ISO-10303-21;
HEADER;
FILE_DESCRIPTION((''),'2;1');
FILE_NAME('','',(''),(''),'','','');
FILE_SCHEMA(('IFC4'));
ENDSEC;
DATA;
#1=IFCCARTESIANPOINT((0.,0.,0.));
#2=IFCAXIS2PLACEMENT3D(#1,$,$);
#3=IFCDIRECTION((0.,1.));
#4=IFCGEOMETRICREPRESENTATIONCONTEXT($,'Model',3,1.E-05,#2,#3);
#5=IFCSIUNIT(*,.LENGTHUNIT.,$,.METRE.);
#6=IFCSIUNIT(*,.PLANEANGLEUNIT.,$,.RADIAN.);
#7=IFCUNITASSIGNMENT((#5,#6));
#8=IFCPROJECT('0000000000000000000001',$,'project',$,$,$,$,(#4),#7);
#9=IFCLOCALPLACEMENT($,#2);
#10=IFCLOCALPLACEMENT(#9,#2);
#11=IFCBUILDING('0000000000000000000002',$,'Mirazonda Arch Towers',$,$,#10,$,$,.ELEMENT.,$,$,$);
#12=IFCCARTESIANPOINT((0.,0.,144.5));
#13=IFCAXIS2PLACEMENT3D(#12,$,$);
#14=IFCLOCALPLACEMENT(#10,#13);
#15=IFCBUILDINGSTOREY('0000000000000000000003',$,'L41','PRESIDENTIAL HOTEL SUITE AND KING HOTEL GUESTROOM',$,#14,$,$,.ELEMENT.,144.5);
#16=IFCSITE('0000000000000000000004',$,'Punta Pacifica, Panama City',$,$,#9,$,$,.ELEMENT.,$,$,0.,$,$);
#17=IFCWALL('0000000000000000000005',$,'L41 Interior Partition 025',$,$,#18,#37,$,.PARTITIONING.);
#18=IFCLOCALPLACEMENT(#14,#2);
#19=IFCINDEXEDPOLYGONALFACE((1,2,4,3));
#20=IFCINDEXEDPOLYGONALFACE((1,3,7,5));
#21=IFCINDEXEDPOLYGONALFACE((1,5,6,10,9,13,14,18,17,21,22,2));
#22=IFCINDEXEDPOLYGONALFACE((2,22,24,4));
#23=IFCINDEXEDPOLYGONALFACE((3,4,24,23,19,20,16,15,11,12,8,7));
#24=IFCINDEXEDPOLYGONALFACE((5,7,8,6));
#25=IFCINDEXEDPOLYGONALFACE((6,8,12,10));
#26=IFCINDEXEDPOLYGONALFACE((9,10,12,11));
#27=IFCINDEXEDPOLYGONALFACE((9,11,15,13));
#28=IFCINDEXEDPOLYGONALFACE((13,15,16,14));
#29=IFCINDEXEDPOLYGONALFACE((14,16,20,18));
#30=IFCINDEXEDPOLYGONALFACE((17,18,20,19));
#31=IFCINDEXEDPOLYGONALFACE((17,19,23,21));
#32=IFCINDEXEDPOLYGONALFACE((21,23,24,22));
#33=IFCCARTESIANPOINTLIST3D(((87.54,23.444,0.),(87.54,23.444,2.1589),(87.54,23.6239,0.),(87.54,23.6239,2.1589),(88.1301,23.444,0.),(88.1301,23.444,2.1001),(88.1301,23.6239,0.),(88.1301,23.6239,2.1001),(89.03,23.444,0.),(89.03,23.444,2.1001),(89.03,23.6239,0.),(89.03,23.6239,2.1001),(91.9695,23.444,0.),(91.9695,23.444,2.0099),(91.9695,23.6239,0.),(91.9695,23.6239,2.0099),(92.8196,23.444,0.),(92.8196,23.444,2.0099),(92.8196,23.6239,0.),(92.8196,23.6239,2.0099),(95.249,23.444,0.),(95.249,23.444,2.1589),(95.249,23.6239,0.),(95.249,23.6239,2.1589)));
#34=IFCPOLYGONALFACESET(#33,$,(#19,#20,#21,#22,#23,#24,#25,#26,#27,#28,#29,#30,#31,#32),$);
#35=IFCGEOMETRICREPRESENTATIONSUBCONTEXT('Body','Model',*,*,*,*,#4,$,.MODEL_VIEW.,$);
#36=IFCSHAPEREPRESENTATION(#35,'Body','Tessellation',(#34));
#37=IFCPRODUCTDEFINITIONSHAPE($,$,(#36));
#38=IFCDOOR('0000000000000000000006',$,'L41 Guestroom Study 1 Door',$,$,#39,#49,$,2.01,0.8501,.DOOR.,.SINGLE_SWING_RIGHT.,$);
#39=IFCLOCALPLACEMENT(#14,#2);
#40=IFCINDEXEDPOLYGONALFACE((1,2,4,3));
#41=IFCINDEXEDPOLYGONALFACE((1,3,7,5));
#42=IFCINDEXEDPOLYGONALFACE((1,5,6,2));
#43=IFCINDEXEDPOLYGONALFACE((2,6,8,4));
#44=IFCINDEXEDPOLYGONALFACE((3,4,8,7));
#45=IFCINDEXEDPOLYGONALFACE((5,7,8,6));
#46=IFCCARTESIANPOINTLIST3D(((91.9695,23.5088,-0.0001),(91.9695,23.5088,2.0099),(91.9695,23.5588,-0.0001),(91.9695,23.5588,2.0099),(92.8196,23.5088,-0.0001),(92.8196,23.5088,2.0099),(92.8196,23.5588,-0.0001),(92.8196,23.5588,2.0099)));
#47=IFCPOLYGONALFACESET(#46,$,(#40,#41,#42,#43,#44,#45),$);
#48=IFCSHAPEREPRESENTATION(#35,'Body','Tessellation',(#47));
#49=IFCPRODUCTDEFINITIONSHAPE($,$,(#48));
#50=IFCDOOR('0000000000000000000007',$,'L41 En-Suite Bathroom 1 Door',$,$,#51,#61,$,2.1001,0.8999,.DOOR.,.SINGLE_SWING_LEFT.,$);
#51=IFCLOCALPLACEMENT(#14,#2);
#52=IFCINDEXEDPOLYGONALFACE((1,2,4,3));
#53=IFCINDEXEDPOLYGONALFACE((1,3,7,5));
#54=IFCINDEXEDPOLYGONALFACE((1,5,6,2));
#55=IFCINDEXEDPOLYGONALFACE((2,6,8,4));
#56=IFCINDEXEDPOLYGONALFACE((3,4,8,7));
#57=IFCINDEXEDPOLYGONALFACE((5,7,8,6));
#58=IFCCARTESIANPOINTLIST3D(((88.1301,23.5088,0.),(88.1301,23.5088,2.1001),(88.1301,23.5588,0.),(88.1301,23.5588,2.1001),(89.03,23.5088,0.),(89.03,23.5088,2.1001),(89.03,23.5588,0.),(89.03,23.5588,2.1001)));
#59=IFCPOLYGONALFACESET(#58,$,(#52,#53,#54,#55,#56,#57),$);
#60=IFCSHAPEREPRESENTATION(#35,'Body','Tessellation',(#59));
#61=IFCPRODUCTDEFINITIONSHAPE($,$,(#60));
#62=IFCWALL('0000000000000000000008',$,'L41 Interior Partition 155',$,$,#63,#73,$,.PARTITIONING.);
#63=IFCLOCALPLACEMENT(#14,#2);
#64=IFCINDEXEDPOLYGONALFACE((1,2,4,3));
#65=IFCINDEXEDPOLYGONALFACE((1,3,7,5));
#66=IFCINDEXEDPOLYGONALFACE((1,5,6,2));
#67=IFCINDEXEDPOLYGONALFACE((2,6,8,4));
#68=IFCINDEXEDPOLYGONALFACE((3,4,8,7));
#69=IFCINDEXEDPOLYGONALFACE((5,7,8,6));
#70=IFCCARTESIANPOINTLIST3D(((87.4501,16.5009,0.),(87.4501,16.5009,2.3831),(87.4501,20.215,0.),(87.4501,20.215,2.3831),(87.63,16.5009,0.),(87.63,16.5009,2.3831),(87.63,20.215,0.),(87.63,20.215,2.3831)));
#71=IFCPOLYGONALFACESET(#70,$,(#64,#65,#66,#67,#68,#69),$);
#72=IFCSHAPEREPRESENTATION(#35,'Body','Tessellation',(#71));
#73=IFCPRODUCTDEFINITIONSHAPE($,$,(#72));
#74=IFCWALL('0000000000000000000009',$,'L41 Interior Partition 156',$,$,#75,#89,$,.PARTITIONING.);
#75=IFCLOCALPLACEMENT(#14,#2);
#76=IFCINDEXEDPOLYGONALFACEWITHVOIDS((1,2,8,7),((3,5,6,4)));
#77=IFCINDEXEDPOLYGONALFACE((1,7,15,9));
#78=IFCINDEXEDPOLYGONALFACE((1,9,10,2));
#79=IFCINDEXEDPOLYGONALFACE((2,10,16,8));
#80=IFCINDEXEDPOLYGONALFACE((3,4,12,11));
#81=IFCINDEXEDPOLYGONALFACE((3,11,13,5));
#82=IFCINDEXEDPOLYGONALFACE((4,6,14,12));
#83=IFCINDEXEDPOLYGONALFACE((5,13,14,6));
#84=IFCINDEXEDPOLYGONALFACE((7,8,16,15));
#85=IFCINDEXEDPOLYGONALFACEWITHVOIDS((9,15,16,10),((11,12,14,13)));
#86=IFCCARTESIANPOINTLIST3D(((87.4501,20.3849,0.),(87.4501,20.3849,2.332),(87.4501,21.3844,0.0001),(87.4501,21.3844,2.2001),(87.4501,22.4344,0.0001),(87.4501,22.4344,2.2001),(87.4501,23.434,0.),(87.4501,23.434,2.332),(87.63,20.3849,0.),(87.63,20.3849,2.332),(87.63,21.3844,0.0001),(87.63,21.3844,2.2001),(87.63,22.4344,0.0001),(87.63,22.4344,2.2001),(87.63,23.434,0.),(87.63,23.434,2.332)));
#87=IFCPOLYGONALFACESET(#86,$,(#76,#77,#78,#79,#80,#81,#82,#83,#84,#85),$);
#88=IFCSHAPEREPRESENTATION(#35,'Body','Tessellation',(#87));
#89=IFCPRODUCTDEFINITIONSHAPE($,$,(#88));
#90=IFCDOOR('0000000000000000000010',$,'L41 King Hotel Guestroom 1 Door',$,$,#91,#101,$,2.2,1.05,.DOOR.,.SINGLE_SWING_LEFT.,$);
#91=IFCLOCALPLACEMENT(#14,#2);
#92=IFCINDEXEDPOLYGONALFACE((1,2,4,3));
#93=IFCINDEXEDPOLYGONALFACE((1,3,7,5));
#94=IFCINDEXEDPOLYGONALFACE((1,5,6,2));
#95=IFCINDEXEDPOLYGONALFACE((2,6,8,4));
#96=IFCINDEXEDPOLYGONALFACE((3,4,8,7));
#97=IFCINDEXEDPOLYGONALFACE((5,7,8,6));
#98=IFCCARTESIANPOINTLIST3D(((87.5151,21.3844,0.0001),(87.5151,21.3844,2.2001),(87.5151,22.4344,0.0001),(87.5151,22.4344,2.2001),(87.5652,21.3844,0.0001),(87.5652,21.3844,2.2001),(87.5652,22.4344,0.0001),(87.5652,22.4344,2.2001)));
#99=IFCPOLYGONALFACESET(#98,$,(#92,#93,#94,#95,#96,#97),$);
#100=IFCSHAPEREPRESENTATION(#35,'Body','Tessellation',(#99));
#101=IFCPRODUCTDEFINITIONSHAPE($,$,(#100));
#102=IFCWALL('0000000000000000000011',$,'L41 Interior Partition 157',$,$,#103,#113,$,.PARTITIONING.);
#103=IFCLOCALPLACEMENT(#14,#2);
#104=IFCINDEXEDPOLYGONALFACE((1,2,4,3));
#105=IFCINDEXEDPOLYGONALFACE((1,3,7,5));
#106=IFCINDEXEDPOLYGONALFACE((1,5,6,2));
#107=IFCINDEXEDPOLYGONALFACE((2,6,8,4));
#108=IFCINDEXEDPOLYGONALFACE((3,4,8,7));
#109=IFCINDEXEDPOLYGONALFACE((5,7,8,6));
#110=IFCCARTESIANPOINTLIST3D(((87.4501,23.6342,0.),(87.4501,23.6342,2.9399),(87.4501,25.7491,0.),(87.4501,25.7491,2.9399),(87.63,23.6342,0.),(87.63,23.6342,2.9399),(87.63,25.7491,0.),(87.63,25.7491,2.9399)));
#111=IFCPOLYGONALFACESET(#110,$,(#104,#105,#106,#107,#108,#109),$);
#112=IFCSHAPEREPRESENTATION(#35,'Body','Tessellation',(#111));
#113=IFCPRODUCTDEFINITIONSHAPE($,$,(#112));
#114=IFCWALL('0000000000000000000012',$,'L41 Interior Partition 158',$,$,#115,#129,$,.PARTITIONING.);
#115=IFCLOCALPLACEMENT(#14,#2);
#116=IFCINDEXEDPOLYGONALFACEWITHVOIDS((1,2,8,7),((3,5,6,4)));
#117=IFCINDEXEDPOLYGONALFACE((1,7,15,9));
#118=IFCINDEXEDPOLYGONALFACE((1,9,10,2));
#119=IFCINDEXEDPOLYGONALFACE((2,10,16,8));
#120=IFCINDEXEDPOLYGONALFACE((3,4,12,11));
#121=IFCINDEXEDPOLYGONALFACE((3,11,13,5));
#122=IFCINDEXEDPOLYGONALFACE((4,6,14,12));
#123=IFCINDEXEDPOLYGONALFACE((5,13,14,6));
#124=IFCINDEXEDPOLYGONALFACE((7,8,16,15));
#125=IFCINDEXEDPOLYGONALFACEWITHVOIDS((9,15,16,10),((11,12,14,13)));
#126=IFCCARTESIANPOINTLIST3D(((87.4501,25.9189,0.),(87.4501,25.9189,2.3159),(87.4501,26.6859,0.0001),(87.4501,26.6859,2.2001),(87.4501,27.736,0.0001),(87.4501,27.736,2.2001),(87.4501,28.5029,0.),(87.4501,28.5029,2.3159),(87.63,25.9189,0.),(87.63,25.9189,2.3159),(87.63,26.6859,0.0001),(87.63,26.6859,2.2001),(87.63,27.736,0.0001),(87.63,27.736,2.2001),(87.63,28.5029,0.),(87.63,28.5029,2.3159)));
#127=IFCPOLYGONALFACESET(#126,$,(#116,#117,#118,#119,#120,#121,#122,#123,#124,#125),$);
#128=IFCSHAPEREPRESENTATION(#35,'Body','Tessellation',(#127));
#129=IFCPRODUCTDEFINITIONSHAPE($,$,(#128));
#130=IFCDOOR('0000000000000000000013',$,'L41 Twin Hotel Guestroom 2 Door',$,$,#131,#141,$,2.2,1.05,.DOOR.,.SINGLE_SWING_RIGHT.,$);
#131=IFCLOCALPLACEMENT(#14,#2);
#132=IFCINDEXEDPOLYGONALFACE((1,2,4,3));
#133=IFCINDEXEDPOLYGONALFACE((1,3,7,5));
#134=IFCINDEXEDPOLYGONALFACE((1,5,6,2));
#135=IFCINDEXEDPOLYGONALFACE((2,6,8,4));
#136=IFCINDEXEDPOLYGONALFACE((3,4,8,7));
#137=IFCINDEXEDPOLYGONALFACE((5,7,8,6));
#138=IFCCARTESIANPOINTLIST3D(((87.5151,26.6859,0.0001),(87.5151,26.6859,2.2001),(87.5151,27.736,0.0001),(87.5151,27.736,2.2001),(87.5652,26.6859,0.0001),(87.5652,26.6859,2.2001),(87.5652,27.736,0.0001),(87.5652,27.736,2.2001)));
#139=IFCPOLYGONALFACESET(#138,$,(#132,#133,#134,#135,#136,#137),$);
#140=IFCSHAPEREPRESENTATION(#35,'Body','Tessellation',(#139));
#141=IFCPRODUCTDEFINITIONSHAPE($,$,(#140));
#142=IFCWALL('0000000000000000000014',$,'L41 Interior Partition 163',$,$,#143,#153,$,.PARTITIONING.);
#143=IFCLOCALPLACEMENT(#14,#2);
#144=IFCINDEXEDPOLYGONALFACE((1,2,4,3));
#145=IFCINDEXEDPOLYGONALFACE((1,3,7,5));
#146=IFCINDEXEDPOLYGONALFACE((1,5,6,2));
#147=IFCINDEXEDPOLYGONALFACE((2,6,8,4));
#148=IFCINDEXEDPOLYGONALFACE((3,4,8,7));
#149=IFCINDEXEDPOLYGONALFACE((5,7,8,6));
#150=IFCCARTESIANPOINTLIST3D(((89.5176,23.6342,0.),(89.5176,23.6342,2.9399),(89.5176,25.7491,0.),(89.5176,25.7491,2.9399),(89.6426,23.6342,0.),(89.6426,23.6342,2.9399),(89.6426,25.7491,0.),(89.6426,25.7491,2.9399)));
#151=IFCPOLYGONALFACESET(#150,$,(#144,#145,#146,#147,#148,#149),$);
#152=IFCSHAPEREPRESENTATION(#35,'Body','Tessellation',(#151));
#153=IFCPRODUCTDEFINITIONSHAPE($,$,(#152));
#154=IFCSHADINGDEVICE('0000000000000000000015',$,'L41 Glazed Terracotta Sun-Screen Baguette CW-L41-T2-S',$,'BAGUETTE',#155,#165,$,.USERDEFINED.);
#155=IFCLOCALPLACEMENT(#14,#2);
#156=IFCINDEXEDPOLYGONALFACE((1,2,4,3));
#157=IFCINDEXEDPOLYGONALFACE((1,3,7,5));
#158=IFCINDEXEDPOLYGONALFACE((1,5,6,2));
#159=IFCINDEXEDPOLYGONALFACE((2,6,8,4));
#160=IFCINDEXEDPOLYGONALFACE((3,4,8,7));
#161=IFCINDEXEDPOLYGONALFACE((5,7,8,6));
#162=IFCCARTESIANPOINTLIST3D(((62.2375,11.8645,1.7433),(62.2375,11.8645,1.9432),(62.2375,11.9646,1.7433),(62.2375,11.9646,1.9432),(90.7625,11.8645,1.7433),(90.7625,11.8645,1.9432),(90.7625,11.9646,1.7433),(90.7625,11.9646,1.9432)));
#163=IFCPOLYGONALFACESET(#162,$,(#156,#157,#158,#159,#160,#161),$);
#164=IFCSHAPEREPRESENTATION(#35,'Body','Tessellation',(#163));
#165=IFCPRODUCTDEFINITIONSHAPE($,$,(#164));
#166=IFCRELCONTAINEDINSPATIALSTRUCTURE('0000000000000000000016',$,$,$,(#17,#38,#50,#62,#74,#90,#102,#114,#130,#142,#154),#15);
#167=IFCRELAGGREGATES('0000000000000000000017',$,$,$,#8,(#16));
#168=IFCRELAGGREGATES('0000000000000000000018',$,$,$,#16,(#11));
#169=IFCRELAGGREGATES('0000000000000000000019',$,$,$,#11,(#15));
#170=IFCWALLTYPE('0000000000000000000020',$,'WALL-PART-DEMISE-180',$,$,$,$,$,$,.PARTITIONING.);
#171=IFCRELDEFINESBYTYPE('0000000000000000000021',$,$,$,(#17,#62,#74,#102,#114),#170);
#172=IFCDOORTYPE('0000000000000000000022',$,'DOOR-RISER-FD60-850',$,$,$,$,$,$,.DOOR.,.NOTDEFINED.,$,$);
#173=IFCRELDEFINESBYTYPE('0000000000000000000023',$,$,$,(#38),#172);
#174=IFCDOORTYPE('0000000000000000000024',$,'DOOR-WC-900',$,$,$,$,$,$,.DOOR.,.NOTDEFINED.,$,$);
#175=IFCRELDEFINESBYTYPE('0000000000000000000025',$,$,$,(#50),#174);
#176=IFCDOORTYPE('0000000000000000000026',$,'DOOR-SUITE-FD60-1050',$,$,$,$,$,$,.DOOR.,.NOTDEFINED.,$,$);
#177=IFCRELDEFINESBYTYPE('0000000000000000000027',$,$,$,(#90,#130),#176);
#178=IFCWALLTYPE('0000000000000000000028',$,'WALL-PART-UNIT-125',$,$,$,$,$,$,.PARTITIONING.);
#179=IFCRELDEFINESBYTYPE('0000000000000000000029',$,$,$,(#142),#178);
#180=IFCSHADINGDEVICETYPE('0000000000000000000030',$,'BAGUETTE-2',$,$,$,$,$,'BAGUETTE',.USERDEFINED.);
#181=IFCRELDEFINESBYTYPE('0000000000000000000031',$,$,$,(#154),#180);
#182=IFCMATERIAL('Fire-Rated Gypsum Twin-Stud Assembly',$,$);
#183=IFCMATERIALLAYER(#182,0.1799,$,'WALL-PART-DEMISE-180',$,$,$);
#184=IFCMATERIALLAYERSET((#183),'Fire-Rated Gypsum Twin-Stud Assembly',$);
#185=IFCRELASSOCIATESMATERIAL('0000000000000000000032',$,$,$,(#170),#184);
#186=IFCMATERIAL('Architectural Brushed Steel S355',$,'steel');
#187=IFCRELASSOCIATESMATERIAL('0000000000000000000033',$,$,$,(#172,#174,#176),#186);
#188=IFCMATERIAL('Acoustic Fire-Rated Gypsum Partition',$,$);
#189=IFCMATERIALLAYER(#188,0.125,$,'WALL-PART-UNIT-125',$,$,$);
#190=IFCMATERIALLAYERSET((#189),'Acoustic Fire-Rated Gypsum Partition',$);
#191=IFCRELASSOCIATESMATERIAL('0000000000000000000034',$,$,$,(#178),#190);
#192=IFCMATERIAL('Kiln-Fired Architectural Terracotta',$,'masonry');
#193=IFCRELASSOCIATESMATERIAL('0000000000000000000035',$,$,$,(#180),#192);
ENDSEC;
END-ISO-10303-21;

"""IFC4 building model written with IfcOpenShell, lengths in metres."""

from ifc_helpers import new_model, si_unit, direction, frame, frame_2d, origin, origin_2d, place, context, subcontext, project, spatial, rectangle, extrude, material, layer, layer_set, material_profile, profile_set, type_object, element, fill, save


model = new_model("IFC4")

# Units and contexts
model_context = context("Model", 3, precision=1e-05, world=origin(), true_north=direction((0.0, 1.0)))
body_context = subcontext(model_context, "Body", "Model", "MODEL_VIEW")
ifc_project = project(units=[si_unit("LENGTHUNIT", "METRE"), si_unit("PLANEANGLEUNIT", "RADIAN")], contexts=[model_context])

# Site, building, storey
site_placement = place(None, origin())
site = spatial("IfcSite", under=ifc_project, at=site_placement, Name="Punta Pacifica, Panama City", CompositionType="ELEMENT", RefElevation=0.0)
building_placement = place(site_placement, origin())
building = spatial("IfcBuilding", under=site, at=building_placement, Name="Mirazonda Arch Towers", CompositionType="ELEMENT")
storey_placement = place(building_placement, frame((0.0, 0.0, 144.5)))
storey = spatial("IfcBuildingStorey", under=building, at=storey_placement, Name="L41", Description="PRESIDENTIAL HOTEL SUITE AND KING HOTEL GUESTROOM", CompositionType="ELEMENT", Elevation=144.5)

# Shared definitions
ifc_material_1 = material(Name="Fire-Rated Gypsum Twin-Stud Assembly")
ifc_layer_1 = layer(ifc_material_1, 0.1799, Name="WALL-PART-DEMISE-180")
ifc_layer_set_1 = layer_set([ifc_layer_1], Name="Fire-Rated Gypsum Twin-Stud Assembly")
wall_type_1 = type_object("IfcWallType", Name="WALL-PART-DEMISE-180", PredefinedType="PARTITIONING", material=ifc_layer_set_1)

# Wall, openings, doors
wall_1_placement = place(storey_placement, frame((87.54, 23.5339, 0.0), z_axis=(0.0, 0.0, 1.0), x_axis=(1.0, 0.0, 0.0)))
wall_1 = element("IfcWall", 1, at=wall_1_placement, inside=storey, type_object=wall_type_1, Name="L41 Interior Partition 025", PredefinedType="PARTITIONING", context=body_context, shape_type="SweptSolid", body=[
    extrude(rectangle(XDim=7.709, YDim=0.1799, at=frame_2d((3.8545, 0.0))), origin(), (0.0, 0.0, 1.0), 2.1589),
])
opening_1_placement = place(wall_1_placement, frame((4.4294, 0.0, 0.0)))
opening_1 = element("IfcOpeningElement", 2, at=opening_1_placement, cuts=wall_1, PredefinedType="OPENING", context=body_context, shape_type="SweptSolid", body=[
    extrude(rectangle(XDim=0.8501, YDim=2.01, at=frame_2d((0.425, 1.0049))), frame((0.0, 0.0999, 0.0), z_axis=(0.0, -1.0, 0.0), x_axis=(1.0, 0.0, 0.0)), (0.0, 0.0, 1.0), 0.2),
])
opening_2_placement = place(wall_1_placement, frame((0.5901, 0.0, 0.0)))
opening_2 = element("IfcOpeningElement", 3, at=opening_2_placement, cuts=wall_1, PredefinedType="OPENING", context=body_context, shape_type="SweptSolid", body=[
    extrude(rectangle(XDim=0.8999, YDim=2.1001, at=frame_2d((0.45, 1.05))), frame((0.0, 0.0999, 0.0), z_axis=(0.0, -1.0, 0.0), x_axis=(1.0, 0.0, 0.0)), (0.0, 0.0, 1.0), 0.2),
])
ifc_material_2 = material(Name="Architectural Brushed Steel S355", Category="steel")
door_type_1 = type_object("IfcDoorType", Name="DOOR-RISER-FD60-850", OperationType="NOTDEFINED", PredefinedType="DOOR", material=ifc_material_2)
door_1_placement = place(opening_1_placement, origin())
door_1 = element("IfcDoor", 4, at=door_1_placement, inside=storey, type_object=door_type_1, Name="L41 Guestroom Study 1 Door", OperationType="SINGLE_SWING_RIGHT", OverallHeight=2.01, OverallWidth=0.8501, PredefinedType="DOOR", context=body_context, shape_type="SweptSolid", body=[
    extrude(rectangle(XDim=0.8501, YDim=2.01, at=frame_2d((0.425, 1.0049))), frame((0.0, 0.0249, 0.0), z_axis=(0.0, -1.0, 0.0), x_axis=(1.0, 0.0, 0.0)), (0.0, 0.0, 1.0), 0.05),
])
fill(opening_1, door_1)
door_type_2 = type_object("IfcDoorType", Name="DOOR-WC-900", OperationType="NOTDEFINED", PredefinedType="DOOR", material=ifc_material_2)
door_2_placement = place(opening_2_placement, origin())
door_2 = element("IfcDoor", 5, at=door_2_placement, inside=storey, type_object=door_type_2, Name="L41 En-Suite Bathroom 1 Door", OperationType="SINGLE_SWING_LEFT", OverallHeight=2.1001, OverallWidth=0.8999, PredefinedType="DOOR", context=body_context, shape_type="SweptSolid", body=[
    extrude(rectangle(XDim=0.8999, YDim=2.1001, at=frame_2d((0.45, 1.05))), frame((0.0, 0.0249, 0.0), z_axis=(0.0, -1.0, 0.0), x_axis=(1.0, 0.0, 0.0)), (0.0, 0.0, 1.0), 0.05),
])
fill(opening_2, door_2)

# Wall
wall_2_placement = place(storey_placement, frame((87.54, 16.501, 0.0), z_axis=(0.0, 0.0, 1.0), x_axis=(0.0, 1.0, 0.0)))
element("IfcWall", 6, at=wall_2_placement, inside=storey, type_object=wall_type_1, Name="L41 Interior Partition 155", PredefinedType="PARTITIONING", context=body_context, shape_type="SweptSolid", body=[
    extrude(rectangle(XDim=3.7141, YDim=0.1799, at=frame_2d((1.8569, 0.0))), origin(), (0.0, 0.0, 1.0), 2.3831),
])

# Wall, opening, door
wall_3_placement = place(storey_placement, frame((87.54, 20.385, 0.0), z_axis=(0.0, 0.0, 1.0), x_axis=(0.0, 1.0, 0.0)))
wall_3 = element("IfcWall", 7, at=wall_3_placement, inside=storey, type_object=wall_type_1, Name="L41 Interior Partition 156", PredefinedType="PARTITIONING", context=body_context, shape_type="SweptSolid", body=[
    extrude(rectangle(XDim=3.0491, YDim=0.1799, at=frame_2d((1.5244, 0.0))), origin(), (0.0, 0.0, 1.0), 2.332),
])
opening_3_placement = place(wall_3_placement, frame((0.9995, 0.0, 0.0)))
opening_3 = element("IfcOpeningElement", 8, at=opening_3_placement, cuts=wall_3, PredefinedType="OPENING", context=body_context, shape_type="SweptSolid", body=[
    extrude(rectangle(XDim=1.05, YDim=2.2, at=frame_2d((0.5249, 1.1001))), frame((0.0, 0.0999, 0.0), z_axis=(0.0, -1.0, 0.0), x_axis=(1.0, 0.0, 0.0)), (0.0, 0.0, 1.0), 0.2),
])
door_type_3 = type_object("IfcDoorType", Name="DOOR-SUITE-FD60-1050", OperationType="NOTDEFINED", PredefinedType="DOOR", material=ifc_material_2)
door_3_placement = place(opening_3_placement, origin())
door_3 = element("IfcDoor", 9, at=door_3_placement, inside=storey, type_object=door_type_3, Name="L41 King Hotel Guestroom 1 Door", OperationType="SINGLE_SWING_LEFT", OverallHeight=2.2, OverallWidth=1.05, PredefinedType="DOOR", context=body_context, shape_type="SweptSolid", body=[
    extrude(rectangle(XDim=1.05, YDim=2.2, at=frame_2d((0.5249, 1.1001))), frame((0.0, 0.0249, 0.0), z_axis=(0.0, -1.0, 0.0), x_axis=(1.0, 0.0, 0.0)), (0.0, 0.0, 1.0), 0.05),
])
fill(opening_3, door_3)

# Wall
wall_4_placement = place(storey_placement, frame((87.54, 23.634, 0.0), z_axis=(0.0, 0.0, 1.0), x_axis=(0.0, 1.0, 0.0)))
element("IfcWall", 10, at=wall_4_placement, inside=storey, type_object=wall_type_1, Name="L41 Interior Partition 157", PredefinedType="PARTITIONING", context=body_context, shape_type="SweptSolid", body=[
    extrude(rectangle(XDim=2.115, YDim=0.1799, at=frame_2d((1.0576, 0.0))), origin(), (0.0, 0.0, 1.0), 2.9399),
])

# Wall, opening, door
wall_5_placement = place(storey_placement, frame((87.54, 25.9189, 0.0), z_axis=(0.0, 0.0, 1.0), x_axis=(0.0, 1.0, 0.0)))
wall_5 = element("IfcWall", 11, at=wall_5_placement, inside=storey, type_object=wall_type_1, Name="L41 Interior Partition 158", PredefinedType="PARTITIONING", context=body_context, shape_type="SweptSolid", body=[
    extrude(rectangle(XDim=2.584, YDim=0.1799, at=frame_2d((1.292, 0.0))), origin(), (0.0, 0.0, 1.0), 2.3159),
])
opening_4_placement = place(wall_5_placement, frame((0.7671, 0.0, 0.0)))
opening_4 = element("IfcOpeningElement", 12, at=opening_4_placement, cuts=wall_5, PredefinedType="OPENING", context=body_context, shape_type="SweptSolid", body=[
    extrude(rectangle(XDim=1.05, YDim=2.2, at=frame_2d((0.5249, 1.1001))), frame((0.0, 0.0999, 0.0), z_axis=(0.0, -1.0, 0.0), x_axis=(1.0, 0.0, 0.0)), (0.0, 0.0, 1.0), 0.2),
])
door_4_placement = place(opening_4_placement, origin())
door_4 = element("IfcDoor", 13, at=door_4_placement, inside=storey, type_object=door_type_3, Name="L41 Twin Hotel Guestroom 2 Door", OperationType="SINGLE_SWING_RIGHT", OverallHeight=2.2, OverallWidth=1.05, PredefinedType="DOOR", context=body_context, shape_type="SweptSolid", body=[
    extrude(rectangle(XDim=1.05, YDim=2.2, at=frame_2d((0.5249, 1.1001))), frame((0.0, 0.0249, 0.0), z_axis=(0.0, -1.0, 0.0), x_axis=(1.0, 0.0, 0.0)), (0.0, 0.0, 1.0), 0.05),
])
fill(opening_4, door_4)

# Wall
ifc_material_3 = material(Name="Acoustic Fire-Rated Gypsum Partition")
ifc_layer_2 = layer(ifc_material_3, 0.125, Name="WALL-PART-UNIT-125")
ifc_layer_set_2 = layer_set([ifc_layer_2], Name="Acoustic Fire-Rated Gypsum Partition")
wall_type_2 = type_object("IfcWallType", Name="WALL-PART-UNIT-125", PredefinedType="PARTITIONING", material=ifc_layer_set_2)
wall_6_placement = place(storey_placement, frame((89.5801, 23.634, 0.0), z_axis=(0.0, 0.0, 1.0), x_axis=(0.0, 1.0, 0.0)))
element("IfcWall", 14, at=wall_6_placement, inside=storey, type_object=wall_type_2, Name="L41 Interior Partition 163", PredefinedType="PARTITIONING", context=body_context, shape_type="SweptSolid", body=[
    extrude(rectangle(XDim=2.115, YDim=0.125, at=frame_2d((1.0576, 0.0))), origin(), (0.0, 0.0, 1.0), 2.9399),
])

# Shading device
ifc_material_4 = material(Name="Kiln-Fired Architectural Terracotta", Category="masonry")
ifc_material_profile_1 = material_profile(ifc_material_4, rectangle(XDim=0.1001, YDim=0.2, at=origin_2d()), Name="TERRA-BAG-100x200")
ifc_profile_set_1 = profile_set([ifc_material_profile_1], Name="Kiln-Fired Architectural Terracotta")
shading_device_type = type_object("IfcShadingDeviceType", Name="BAGUETTE-2", ElementType="BAGUETTE", PredefinedType="USERDEFINED", material=ifc_profile_set_1)
shading_device_1_placement = place(storey_placement, frame((90.7625, 11.9146, 1.8433), z_axis=(-1.0, 0.0, 0.0), x_axis=(0.0, -1.0, 0.0)))
element("IfcShadingDevice", 15, at=shading_device_1_placement, inside=storey, type_object=shading_device_type, Name="L41 Glazed Terracotta Sun-Screen Baguette CW-L41-T2-S", ObjectType="BAGUETTE", PredefinedType="USERDEFINED", context=body_context, shape_type="SweptSolid", body=[
    extrude(rectangle(XDim=0.1001, YDim=0.2, at=origin_2d()), origin(), (0.0, 0.0, 1.0), 28.5249),
])

save(model, "model.ifc")
